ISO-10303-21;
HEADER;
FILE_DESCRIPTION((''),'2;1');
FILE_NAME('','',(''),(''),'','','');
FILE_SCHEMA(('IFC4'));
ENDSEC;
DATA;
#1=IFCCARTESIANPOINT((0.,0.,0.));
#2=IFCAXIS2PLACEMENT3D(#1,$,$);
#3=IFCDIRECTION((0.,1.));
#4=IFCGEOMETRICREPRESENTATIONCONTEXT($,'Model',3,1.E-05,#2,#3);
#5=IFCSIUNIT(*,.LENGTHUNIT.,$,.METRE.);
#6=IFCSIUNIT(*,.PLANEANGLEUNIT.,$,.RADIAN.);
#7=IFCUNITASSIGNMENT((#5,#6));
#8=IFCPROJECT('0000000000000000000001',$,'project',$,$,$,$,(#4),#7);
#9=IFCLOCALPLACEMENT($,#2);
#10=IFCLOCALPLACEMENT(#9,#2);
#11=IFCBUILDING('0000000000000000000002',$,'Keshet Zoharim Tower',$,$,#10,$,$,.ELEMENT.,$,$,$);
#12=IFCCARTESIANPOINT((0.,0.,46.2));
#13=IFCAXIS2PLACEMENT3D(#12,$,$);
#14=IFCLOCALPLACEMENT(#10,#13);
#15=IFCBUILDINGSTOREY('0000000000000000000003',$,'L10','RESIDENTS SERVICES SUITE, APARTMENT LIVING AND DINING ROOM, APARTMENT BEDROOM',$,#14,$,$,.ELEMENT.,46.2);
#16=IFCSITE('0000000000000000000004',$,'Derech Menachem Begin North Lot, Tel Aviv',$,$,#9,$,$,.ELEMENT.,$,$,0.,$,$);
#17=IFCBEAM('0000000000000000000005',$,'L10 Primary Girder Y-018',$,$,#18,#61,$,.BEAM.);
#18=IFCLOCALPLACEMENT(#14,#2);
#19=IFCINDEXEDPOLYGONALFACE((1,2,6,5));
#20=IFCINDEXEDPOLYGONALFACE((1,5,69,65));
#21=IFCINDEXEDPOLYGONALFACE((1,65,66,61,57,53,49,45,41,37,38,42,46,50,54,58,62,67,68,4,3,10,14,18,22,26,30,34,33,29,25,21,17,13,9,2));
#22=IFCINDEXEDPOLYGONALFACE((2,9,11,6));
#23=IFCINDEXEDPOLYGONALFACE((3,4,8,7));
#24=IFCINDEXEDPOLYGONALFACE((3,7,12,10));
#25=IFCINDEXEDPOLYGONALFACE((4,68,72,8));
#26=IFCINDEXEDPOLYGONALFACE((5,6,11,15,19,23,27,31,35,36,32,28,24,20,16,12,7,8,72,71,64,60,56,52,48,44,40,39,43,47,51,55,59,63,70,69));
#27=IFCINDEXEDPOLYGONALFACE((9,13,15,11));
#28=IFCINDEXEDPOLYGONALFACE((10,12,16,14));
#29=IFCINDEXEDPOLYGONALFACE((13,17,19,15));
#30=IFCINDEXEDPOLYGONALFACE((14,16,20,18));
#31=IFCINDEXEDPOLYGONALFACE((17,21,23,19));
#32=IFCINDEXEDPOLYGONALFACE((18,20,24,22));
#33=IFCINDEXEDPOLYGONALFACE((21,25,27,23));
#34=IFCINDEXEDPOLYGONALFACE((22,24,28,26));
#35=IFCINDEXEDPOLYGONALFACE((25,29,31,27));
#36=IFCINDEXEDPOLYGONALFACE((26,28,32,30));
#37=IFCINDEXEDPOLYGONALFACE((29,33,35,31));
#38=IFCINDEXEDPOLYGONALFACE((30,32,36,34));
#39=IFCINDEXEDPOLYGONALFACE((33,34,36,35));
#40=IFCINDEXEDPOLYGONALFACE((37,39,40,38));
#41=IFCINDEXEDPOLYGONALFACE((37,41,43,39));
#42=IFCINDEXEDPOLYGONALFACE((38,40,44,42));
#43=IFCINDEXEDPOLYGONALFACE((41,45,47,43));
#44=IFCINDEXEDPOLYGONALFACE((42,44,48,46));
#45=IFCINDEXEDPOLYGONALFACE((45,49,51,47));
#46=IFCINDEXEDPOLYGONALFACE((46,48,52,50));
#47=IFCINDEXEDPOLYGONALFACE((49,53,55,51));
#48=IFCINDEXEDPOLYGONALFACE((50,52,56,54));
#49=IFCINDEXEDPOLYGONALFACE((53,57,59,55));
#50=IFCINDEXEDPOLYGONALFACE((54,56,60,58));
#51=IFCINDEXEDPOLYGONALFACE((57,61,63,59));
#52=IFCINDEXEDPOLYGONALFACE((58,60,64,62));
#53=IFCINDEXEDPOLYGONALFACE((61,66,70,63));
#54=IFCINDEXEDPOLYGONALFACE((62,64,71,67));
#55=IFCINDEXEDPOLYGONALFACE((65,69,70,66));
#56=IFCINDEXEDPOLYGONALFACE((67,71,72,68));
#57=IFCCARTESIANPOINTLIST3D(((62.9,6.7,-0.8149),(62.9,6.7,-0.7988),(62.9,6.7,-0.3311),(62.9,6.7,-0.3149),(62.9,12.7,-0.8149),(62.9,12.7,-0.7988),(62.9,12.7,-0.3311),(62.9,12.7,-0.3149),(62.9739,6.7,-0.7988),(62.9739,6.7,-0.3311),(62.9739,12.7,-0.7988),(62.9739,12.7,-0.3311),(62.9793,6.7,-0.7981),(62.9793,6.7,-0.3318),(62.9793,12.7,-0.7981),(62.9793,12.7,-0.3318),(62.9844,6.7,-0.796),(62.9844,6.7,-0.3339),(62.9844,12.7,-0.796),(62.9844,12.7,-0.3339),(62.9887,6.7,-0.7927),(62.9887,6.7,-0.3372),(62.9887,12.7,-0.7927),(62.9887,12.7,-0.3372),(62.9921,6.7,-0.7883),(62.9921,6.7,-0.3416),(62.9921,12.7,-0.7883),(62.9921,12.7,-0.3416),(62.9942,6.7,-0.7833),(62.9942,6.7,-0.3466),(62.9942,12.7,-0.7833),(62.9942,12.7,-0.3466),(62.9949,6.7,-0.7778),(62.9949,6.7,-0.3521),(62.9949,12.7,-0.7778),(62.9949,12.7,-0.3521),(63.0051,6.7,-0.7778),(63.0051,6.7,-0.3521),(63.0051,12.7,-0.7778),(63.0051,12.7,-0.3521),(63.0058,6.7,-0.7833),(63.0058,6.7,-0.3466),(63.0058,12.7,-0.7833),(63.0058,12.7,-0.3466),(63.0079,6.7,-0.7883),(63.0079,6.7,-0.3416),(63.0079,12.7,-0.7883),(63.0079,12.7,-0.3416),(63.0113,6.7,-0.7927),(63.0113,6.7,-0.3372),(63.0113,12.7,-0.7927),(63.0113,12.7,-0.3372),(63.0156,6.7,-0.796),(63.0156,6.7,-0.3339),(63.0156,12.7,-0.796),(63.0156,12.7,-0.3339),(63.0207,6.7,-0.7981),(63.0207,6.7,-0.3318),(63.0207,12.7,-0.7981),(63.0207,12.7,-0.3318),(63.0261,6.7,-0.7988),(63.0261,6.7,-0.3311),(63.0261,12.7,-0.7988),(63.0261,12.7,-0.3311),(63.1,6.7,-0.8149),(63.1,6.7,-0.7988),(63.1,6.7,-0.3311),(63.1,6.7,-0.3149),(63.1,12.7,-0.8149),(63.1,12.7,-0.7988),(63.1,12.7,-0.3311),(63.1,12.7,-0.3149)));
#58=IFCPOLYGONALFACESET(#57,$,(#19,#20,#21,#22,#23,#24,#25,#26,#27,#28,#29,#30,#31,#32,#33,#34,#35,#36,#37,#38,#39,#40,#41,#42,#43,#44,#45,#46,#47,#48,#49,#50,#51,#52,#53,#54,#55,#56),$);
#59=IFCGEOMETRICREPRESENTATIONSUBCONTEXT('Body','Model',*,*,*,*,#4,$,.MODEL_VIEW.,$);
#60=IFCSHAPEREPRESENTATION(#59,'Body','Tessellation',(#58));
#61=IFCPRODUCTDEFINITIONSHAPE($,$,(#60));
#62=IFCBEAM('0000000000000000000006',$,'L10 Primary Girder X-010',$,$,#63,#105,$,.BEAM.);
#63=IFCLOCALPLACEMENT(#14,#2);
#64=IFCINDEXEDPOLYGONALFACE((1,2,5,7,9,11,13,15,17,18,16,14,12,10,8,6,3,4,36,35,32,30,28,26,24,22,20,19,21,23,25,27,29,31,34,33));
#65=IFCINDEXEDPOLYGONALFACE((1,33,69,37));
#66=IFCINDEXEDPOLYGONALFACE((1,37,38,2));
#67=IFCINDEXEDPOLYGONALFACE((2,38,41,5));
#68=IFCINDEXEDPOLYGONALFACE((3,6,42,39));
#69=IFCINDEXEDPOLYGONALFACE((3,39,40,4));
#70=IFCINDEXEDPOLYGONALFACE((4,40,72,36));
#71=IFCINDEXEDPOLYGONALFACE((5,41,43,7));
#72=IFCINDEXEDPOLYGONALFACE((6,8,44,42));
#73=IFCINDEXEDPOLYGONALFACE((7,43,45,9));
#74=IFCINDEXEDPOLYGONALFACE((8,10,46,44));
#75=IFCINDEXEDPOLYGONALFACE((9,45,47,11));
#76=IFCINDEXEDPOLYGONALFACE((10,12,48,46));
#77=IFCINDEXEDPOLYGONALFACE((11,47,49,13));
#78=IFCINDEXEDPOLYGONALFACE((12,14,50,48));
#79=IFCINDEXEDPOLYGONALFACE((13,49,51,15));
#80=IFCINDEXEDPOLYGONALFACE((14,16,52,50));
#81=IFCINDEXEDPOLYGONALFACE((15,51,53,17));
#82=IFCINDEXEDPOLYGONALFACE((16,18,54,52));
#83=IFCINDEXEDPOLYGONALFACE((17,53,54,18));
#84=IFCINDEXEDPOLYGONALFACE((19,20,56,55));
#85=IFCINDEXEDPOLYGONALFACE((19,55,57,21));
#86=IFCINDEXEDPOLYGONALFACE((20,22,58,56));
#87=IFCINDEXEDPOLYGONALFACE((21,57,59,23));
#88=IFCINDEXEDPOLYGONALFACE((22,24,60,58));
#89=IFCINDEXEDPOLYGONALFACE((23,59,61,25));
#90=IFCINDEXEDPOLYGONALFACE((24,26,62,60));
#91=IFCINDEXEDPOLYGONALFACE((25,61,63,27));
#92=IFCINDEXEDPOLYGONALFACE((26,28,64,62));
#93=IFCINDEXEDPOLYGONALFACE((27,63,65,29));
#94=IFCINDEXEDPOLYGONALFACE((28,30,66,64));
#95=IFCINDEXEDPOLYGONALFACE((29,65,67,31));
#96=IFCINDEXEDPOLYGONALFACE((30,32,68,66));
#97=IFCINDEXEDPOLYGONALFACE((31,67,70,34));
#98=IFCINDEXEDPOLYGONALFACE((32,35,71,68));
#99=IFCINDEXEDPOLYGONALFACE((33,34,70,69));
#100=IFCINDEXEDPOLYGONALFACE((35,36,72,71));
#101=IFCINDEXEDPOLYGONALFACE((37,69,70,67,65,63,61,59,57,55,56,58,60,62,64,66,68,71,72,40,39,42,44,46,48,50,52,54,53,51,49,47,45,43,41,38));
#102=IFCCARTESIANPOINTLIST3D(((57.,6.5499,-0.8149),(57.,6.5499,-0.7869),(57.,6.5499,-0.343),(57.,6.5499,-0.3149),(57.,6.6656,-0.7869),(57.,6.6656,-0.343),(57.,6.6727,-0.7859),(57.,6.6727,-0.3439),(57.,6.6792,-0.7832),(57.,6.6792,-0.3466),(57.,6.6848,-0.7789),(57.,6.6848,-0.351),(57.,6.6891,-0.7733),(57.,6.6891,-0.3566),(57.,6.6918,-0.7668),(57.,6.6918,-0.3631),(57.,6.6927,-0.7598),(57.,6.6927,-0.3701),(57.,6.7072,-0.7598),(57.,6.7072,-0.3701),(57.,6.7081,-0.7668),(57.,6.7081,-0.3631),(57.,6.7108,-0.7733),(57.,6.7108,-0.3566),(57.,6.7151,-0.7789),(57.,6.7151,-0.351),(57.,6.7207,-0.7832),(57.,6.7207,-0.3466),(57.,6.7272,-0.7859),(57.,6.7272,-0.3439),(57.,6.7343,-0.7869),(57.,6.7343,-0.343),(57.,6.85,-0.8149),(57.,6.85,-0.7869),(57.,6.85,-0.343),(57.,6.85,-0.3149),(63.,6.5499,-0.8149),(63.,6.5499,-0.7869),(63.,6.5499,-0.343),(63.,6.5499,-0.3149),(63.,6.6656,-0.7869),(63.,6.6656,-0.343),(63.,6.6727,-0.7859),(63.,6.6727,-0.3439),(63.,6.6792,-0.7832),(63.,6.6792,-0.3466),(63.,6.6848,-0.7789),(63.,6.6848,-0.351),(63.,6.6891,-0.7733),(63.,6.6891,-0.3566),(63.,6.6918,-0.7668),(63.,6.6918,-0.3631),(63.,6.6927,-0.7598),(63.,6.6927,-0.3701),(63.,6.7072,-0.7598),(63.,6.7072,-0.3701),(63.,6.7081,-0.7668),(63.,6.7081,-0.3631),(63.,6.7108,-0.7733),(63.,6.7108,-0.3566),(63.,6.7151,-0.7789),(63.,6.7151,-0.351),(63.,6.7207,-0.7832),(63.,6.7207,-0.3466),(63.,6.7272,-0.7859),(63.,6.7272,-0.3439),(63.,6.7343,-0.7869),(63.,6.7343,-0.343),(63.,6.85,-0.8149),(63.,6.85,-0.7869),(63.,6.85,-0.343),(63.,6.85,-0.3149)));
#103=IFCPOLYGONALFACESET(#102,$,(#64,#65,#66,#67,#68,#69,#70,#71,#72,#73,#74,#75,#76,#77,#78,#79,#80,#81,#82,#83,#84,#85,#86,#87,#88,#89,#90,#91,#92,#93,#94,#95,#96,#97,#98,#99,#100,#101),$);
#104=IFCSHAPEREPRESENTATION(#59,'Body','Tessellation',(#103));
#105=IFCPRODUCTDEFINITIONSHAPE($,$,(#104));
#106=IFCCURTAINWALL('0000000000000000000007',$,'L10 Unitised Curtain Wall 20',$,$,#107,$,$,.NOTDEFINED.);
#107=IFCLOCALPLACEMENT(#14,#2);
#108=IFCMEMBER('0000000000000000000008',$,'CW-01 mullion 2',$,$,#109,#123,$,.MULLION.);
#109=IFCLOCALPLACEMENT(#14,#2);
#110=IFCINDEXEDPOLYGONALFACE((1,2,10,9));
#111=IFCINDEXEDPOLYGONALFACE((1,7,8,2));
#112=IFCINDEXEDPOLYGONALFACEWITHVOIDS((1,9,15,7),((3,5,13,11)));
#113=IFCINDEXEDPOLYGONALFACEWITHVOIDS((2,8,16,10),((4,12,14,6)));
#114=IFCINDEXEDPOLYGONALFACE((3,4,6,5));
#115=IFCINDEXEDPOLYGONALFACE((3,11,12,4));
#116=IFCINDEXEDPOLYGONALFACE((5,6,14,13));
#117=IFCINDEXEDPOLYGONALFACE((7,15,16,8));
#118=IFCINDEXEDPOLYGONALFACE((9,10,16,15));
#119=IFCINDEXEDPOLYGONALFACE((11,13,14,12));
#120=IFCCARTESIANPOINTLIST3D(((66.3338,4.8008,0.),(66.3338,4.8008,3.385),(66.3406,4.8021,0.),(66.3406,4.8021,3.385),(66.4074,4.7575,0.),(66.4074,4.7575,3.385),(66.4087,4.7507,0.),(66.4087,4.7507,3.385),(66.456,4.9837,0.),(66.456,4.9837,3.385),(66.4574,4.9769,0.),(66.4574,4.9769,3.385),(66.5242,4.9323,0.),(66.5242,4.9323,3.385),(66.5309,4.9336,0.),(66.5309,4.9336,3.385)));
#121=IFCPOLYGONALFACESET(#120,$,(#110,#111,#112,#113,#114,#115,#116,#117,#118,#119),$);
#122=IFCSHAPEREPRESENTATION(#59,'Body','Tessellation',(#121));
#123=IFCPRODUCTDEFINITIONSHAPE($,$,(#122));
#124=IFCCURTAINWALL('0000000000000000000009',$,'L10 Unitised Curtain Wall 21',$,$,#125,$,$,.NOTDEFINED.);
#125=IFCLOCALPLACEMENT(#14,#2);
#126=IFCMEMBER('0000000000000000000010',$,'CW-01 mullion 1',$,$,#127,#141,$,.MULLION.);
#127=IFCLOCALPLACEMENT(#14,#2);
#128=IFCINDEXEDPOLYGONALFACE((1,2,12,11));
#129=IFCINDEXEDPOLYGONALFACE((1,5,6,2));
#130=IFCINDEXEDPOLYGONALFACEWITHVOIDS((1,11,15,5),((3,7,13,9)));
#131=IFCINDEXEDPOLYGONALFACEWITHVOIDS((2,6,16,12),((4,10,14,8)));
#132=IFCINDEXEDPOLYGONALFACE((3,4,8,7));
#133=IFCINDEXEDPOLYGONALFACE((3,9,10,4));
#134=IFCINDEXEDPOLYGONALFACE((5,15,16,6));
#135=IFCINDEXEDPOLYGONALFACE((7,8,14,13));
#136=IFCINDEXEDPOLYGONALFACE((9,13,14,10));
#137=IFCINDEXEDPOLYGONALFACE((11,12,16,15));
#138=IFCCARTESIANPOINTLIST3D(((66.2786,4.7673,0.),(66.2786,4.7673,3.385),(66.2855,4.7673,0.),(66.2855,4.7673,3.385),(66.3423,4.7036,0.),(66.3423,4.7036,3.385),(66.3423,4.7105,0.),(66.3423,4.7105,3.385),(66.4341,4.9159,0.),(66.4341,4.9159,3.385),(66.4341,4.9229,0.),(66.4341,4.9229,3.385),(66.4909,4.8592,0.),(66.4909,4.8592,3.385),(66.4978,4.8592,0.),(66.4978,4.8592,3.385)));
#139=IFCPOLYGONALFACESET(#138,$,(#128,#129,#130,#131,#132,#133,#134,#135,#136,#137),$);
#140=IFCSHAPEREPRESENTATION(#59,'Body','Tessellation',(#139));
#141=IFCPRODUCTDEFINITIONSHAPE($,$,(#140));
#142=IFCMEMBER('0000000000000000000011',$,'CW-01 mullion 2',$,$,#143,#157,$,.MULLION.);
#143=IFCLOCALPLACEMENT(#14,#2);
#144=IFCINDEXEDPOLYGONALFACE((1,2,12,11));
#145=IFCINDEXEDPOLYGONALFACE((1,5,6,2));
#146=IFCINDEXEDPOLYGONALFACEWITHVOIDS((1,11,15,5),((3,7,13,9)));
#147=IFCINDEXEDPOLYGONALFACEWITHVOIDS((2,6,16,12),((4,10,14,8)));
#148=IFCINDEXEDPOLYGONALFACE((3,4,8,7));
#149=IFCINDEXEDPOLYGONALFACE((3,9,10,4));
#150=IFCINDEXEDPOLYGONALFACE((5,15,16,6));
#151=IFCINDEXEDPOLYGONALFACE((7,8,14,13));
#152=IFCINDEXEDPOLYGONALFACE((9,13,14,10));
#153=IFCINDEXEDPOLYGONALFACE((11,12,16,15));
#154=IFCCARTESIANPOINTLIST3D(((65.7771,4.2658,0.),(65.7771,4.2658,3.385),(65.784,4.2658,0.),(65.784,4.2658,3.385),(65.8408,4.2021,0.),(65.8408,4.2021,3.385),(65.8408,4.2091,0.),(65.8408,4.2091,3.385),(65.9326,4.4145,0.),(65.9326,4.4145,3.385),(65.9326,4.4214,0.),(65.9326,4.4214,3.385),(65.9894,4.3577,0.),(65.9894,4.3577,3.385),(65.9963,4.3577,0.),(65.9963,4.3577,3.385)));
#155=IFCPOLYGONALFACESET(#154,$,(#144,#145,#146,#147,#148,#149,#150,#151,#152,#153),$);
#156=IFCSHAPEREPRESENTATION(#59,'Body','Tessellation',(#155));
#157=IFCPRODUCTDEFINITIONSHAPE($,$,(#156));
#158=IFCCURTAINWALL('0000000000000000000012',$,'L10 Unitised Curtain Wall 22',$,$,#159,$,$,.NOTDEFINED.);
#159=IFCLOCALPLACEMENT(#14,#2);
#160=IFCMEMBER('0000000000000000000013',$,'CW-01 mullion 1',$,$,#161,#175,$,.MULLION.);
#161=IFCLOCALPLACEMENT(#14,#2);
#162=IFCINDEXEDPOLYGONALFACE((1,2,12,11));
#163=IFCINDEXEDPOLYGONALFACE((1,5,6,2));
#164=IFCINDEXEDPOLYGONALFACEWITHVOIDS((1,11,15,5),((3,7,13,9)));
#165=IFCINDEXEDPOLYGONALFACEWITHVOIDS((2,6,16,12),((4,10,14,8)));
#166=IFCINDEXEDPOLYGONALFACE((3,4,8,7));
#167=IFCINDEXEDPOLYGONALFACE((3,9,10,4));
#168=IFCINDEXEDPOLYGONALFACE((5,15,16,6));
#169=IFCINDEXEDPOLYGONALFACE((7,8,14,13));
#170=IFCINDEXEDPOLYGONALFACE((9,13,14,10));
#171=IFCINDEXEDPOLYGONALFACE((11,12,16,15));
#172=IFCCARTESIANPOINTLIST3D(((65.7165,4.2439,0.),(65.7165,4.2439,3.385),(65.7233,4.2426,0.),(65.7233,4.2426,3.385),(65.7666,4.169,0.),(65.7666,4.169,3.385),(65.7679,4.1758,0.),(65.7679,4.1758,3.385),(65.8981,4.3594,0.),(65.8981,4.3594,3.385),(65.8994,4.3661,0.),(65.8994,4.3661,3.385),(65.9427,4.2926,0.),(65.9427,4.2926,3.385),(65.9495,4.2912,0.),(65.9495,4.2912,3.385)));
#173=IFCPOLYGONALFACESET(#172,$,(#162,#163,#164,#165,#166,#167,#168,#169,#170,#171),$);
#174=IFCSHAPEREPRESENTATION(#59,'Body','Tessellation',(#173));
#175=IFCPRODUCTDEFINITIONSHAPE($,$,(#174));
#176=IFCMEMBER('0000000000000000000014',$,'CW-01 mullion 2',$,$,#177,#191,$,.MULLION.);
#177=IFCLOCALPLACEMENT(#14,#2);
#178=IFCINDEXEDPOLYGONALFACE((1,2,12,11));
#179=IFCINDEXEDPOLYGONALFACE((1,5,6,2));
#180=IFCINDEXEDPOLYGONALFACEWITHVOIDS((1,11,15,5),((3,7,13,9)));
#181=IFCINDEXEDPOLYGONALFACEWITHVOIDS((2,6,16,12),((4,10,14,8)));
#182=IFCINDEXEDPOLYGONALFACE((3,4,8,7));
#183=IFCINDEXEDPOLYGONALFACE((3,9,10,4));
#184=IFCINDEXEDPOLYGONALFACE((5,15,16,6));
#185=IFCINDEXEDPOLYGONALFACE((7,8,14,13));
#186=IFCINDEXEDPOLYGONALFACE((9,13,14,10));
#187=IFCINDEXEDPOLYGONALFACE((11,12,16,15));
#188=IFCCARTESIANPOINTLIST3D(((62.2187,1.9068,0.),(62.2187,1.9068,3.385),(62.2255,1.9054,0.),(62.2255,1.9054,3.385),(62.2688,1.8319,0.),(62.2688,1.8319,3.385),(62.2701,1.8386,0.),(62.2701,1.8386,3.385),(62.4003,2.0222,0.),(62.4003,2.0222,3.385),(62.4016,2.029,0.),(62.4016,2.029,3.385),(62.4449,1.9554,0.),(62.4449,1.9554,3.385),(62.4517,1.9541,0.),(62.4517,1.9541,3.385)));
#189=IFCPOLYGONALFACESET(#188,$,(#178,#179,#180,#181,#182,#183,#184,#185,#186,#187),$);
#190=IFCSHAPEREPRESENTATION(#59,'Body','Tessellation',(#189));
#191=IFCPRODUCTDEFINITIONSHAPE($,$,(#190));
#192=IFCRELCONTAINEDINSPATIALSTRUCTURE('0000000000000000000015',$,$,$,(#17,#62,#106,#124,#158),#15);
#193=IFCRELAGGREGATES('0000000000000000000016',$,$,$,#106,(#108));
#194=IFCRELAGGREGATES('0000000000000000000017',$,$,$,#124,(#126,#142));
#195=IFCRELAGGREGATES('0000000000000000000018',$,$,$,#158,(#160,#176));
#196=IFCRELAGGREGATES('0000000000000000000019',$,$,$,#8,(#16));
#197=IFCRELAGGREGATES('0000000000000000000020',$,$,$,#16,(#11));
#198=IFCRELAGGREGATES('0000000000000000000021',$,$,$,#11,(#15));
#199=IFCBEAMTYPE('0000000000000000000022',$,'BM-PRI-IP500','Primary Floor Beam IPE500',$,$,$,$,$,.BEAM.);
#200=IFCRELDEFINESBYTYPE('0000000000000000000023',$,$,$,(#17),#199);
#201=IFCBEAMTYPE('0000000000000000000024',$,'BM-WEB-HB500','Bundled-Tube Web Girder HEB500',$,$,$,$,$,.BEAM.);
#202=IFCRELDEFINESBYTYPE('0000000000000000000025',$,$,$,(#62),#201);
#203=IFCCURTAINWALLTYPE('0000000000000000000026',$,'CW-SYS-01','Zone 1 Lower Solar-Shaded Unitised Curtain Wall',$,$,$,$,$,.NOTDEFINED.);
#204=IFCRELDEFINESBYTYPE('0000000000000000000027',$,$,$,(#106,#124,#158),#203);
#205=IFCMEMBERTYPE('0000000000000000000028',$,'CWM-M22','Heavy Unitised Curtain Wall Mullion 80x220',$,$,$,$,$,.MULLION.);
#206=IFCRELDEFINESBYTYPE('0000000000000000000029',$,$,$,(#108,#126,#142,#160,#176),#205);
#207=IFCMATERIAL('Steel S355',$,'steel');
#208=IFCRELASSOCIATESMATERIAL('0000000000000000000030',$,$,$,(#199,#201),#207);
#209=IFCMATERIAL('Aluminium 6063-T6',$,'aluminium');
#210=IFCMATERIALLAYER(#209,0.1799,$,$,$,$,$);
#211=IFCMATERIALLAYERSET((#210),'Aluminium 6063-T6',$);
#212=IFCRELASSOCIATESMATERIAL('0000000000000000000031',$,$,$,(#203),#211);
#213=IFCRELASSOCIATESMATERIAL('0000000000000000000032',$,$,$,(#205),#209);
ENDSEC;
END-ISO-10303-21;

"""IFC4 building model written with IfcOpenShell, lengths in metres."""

from ifc_helpers import new_model, si_unit, direction, frame, origin, origin_2d, place, context, subcontext, project, spatial, hollow_rectangle, i_section, extrude, material, layer, layer_set, material_profile, profile_set, type_object, element, aggregate, save


model = new_model("IFC4")

# Units and contexts
model_context = context("Model", 3, precision=1e-05, world=origin(), true_north=direction((0.0, 1.0)))
body_context = subcontext(model_context, "Body", "Model", "MODEL_VIEW")
ifc_project = project(units=[si_unit("LENGTHUNIT", "METRE"), si_unit("PLANEANGLEUNIT", "RADIAN")], contexts=[model_context])

# Site, building, storey
site_placement = place(None, origin())
site = spatial("IfcSite", under=ifc_project, at=site_placement, Name="Derech Menachem Begin North Lot, Tel Aviv", CompositionType="ELEMENT", RefElevation=0.0)
building_placement = place(site_placement, origin())
building = spatial("IfcBuilding", under=site, at=building_placement, Name="Keshet Zoharim Tower", CompositionType="ELEMENT")
storey_placement = place(building_placement, frame((0.0, 0.0, 46.2)))
storey = spatial("IfcBuildingStorey", under=building, at=storey_placement, Name="L10", Description="RESIDENTS SERVICES SUITE, APARTMENT LIVING AND DINING ROOM, APARTMENT BEDROOM", CompositionType="ELEMENT", Elevation=46.2)

# Shared definitions
ifc_material_1 = material(Name="Steel S355", Category="steel")

# Beams
ifc_material_profile_1 = material_profile(ifc_material_1, i_section(OverallWidth=0.2, OverallDepth=0.5, WebThickness=0.0103, FlangeThickness=0.0161, FilletRadius=0.021, at=origin_2d()), Name="IPE500")
ifc_profile_set_1 = profile_set([ifc_material_profile_1], Name="Steel S355")
beam_type_1 = type_object("IfcBeamType", Name="BM-PRI-IP500", Description="Primary Floor Beam IPE500", PredefinedType="BEAM", material=ifc_profile_set_1)
for number, where, z_axis, x_axis, name in (
    (1, (63.0, 6.7, -0.5649), (0.0, 1.0, 0.0), (-1.0, 0.0, 0.0), "L10 Primary Girder Y-018"),
):
    element("IfcBeam", number, at=place(storey_placement, frame(where, z_axis=z_axis, x_axis=x_axis)), inside=storey, type_object=beam_type_1, Name=name, PredefinedType="BEAM", context=body_context, shape_type="SweptSolid", body=[
        extrude(i_section(OverallWidth=0.2, OverallDepth=0.5, WebThickness=0.0103, FlangeThickness=0.0161, FilletRadius=0.021, at=origin_2d()), origin(), (0.0, 0.0, 1.0), 6.0),
    ])
ifc_material_profile_2 = material_profile(ifc_material_1, i_section(OverallWidth=0.3, OverallDepth=0.5, WebThickness=0.0144, FlangeThickness=0.0281, FilletRadius=0.0271, at=origin_2d()), Name="HEB500")
ifc_profile_set_2 = profile_set([ifc_material_profile_2], Name="Steel S355")
beam_type_2 = type_object("IfcBeamType", Name="BM-WEB-HB500", Description="Bundled-Tube Web Girder HEB500", PredefinedType="BEAM", material=ifc_profile_set_2)
beam_placement = place(storey_placement, frame((57.0, 6.7, -0.5649), z_axis=(1.0, 0.0, 0.0), x_axis=(0.0, 1.0, 0.0)))
element("IfcBeam", 2, at=beam_placement, inside=storey, type_object=beam_type_2, Name="L10 Primary Girder X-010", PredefinedType="BEAM", context=body_context, shape_type="SweptSolid", body=[
    extrude(i_section(OverallWidth=0.3, OverallDepth=0.5, WebThickness=0.0144, FlangeThickness=0.0281, FilletRadius=0.0271, at=origin_2d()), origin(), (0.0, 0.0, 1.0), 6.0),
])

# Curtain wall, member
ifc_material_2 = material(Name="Aluminium 6063-T6", Category="aluminium")
ifc_layer_1 = layer(ifc_material_2, 0.1799)
ifc_layer_set_1 = layer_set([ifc_layer_1], Name="Aluminium 6063-T6")
curtain_wall_type = type_object("IfcCurtainWallType", Name="CW-SYS-01", Description="Zone 1 Lower Solar-Shaded Unitised Curtain Wall", PredefinedType="NOTDEFINED", material=ifc_layer_set_1)
curtain_wall_1_placement = place(storey_placement, origin())
curtain_wall_1 = element("IfcCurtainWall", 3, at=curtain_wall_1_placement, inside=storey, type_object=curtain_wall_type, Name="L10 Unitised Curtain Wall 20", PredefinedType="NOTDEFINED")
ifc_material_profile_3 = material_profile(ifc_material_2, hollow_rectangle(XDim=0.0901, YDim=0.22, WallThickness=0.0049, at=origin_2d()), Name="MUL-90x220")
ifc_profile_set_3 = profile_set([ifc_material_profile_3], Name="Aluminium 6063-T6")
member_type_1 = type_object("IfcMemberType", Name="CWM-M22", Description="Heavy Unitised Curtain Wall Mullion 80x220", PredefinedType="MULLION", material=ifc_profile_set_3)
member_1_placement = place(storey_placement, frame((66.4324, 4.8672, 0.0), z_axis=(0.0, 0.0, 1.0), x_axis=(0.831474, -0.555563, 0.0)))
member_1 = element("IfcMember", 4, at=member_1_placement, type_object=member_type_1, Name="CW-01 mullion 2", PredefinedType="MULLION", context=body_context, shape_type="SweptSolid", body=[
    extrude(hollow_rectangle(XDim=0.0901, YDim=0.22, WallThickness=0.0049, at=origin_2d()), origin(), (0.0, 0.0, 1.0), 3.385),
])

# Curtain walls, members
curtain_wall_2_placement = place(storey_placement, origin())
curtain_wall_2 = element("IfcCurtainWall", 5, at=curtain_wall_2_placement, inside=storey, type_object=curtain_wall_type, Name="L10 Unitised Curtain Wall 21", PredefinedType="NOTDEFINED")
member_2_placement = place(storey_placement, frame((66.3882, 4.8132, 0.0), z_axis=(0.0, 0.0, 1.0), x_axis=(0.707107, -0.707107, 0.0)))
member_2 = element("IfcMember", 6, at=member_2_placement, type_object=member_type_1, Name="CW-01 mullion 1", PredefinedType="MULLION", context=body_context, shape_type="SweptSolid", body=[
    extrude(hollow_rectangle(XDim=0.0901, YDim=0.22, WallThickness=0.0049, at=origin_2d()), origin(), (0.0, 0.0, 1.0), 3.385),
])
member_3_placement = place(storey_placement, frame((65.8867, 4.3118, 0.0), z_axis=(0.0, 0.0, 1.0), x_axis=(0.707107, -0.707107, 0.0)))
member_3 = element("IfcMember", 7, at=member_3_placement, type_object=member_type_1, Name="CW-01 mullion 2", PredefinedType="MULLION", context=body_context, shape_type="SweptSolid", body=[
    extrude(hollow_rectangle(XDim=0.0901, YDim=0.22, WallThickness=0.0049, at=origin_2d()), origin(), (0.0, 0.0, 1.0), 3.385),
])
curtain_wall_3_placement = place(storey_placement, origin())
curtain_wall_3 = element("IfcCurtainWall", 8, at=curtain_wall_3_placement, inside=storey, type_object=curtain_wall_type, Name="L10 Unitised Curtain Wall 22", PredefinedType="NOTDEFINED")
member_4_placement = place(storey_placement, frame((65.833, 4.2676, 0.0), z_axis=(0.0, 0.0, 1.0), x_axis=(0.555563, -0.831474, 0.0)))
member_4 = element("IfcMember", 9, at=member_4_placement, type_object=member_type_1, Name="CW-01 mullion 1", PredefinedType="MULLION", context=body_context, shape_type="SweptSolid", body=[
    extrude(hollow_rectangle(XDim=0.0901, YDim=0.22, WallThickness=0.0049, at=origin_2d()), origin(), (0.0, 0.0, 1.0), 3.385),
])
member_5_placement = place(storey_placement, frame((62.3352, 1.9304, 0.0), z_axis=(0.0, 0.0, 1.0), x_axis=(0.555563, -0.831474, 0.0)))
member_5 = element("IfcMember", 10, at=member_5_placement, type_object=member_type_1, Name="CW-01 mullion 2", PredefinedType="MULLION", context=body_context, shape_type="SweptSolid", body=[
    extrude(hollow_rectangle(XDim=0.0901, YDim=0.22, WallThickness=0.0049, at=origin_2d()), origin(), (0.0, 0.0, 1.0), 3.385),
])

aggregate(curtain_wall_1, [member_1])
aggregate(curtain_wall_2, [member_2, member_3])
aggregate(curtain_wall_3, [member_4, member_5])

save(model, "model.ifc")
